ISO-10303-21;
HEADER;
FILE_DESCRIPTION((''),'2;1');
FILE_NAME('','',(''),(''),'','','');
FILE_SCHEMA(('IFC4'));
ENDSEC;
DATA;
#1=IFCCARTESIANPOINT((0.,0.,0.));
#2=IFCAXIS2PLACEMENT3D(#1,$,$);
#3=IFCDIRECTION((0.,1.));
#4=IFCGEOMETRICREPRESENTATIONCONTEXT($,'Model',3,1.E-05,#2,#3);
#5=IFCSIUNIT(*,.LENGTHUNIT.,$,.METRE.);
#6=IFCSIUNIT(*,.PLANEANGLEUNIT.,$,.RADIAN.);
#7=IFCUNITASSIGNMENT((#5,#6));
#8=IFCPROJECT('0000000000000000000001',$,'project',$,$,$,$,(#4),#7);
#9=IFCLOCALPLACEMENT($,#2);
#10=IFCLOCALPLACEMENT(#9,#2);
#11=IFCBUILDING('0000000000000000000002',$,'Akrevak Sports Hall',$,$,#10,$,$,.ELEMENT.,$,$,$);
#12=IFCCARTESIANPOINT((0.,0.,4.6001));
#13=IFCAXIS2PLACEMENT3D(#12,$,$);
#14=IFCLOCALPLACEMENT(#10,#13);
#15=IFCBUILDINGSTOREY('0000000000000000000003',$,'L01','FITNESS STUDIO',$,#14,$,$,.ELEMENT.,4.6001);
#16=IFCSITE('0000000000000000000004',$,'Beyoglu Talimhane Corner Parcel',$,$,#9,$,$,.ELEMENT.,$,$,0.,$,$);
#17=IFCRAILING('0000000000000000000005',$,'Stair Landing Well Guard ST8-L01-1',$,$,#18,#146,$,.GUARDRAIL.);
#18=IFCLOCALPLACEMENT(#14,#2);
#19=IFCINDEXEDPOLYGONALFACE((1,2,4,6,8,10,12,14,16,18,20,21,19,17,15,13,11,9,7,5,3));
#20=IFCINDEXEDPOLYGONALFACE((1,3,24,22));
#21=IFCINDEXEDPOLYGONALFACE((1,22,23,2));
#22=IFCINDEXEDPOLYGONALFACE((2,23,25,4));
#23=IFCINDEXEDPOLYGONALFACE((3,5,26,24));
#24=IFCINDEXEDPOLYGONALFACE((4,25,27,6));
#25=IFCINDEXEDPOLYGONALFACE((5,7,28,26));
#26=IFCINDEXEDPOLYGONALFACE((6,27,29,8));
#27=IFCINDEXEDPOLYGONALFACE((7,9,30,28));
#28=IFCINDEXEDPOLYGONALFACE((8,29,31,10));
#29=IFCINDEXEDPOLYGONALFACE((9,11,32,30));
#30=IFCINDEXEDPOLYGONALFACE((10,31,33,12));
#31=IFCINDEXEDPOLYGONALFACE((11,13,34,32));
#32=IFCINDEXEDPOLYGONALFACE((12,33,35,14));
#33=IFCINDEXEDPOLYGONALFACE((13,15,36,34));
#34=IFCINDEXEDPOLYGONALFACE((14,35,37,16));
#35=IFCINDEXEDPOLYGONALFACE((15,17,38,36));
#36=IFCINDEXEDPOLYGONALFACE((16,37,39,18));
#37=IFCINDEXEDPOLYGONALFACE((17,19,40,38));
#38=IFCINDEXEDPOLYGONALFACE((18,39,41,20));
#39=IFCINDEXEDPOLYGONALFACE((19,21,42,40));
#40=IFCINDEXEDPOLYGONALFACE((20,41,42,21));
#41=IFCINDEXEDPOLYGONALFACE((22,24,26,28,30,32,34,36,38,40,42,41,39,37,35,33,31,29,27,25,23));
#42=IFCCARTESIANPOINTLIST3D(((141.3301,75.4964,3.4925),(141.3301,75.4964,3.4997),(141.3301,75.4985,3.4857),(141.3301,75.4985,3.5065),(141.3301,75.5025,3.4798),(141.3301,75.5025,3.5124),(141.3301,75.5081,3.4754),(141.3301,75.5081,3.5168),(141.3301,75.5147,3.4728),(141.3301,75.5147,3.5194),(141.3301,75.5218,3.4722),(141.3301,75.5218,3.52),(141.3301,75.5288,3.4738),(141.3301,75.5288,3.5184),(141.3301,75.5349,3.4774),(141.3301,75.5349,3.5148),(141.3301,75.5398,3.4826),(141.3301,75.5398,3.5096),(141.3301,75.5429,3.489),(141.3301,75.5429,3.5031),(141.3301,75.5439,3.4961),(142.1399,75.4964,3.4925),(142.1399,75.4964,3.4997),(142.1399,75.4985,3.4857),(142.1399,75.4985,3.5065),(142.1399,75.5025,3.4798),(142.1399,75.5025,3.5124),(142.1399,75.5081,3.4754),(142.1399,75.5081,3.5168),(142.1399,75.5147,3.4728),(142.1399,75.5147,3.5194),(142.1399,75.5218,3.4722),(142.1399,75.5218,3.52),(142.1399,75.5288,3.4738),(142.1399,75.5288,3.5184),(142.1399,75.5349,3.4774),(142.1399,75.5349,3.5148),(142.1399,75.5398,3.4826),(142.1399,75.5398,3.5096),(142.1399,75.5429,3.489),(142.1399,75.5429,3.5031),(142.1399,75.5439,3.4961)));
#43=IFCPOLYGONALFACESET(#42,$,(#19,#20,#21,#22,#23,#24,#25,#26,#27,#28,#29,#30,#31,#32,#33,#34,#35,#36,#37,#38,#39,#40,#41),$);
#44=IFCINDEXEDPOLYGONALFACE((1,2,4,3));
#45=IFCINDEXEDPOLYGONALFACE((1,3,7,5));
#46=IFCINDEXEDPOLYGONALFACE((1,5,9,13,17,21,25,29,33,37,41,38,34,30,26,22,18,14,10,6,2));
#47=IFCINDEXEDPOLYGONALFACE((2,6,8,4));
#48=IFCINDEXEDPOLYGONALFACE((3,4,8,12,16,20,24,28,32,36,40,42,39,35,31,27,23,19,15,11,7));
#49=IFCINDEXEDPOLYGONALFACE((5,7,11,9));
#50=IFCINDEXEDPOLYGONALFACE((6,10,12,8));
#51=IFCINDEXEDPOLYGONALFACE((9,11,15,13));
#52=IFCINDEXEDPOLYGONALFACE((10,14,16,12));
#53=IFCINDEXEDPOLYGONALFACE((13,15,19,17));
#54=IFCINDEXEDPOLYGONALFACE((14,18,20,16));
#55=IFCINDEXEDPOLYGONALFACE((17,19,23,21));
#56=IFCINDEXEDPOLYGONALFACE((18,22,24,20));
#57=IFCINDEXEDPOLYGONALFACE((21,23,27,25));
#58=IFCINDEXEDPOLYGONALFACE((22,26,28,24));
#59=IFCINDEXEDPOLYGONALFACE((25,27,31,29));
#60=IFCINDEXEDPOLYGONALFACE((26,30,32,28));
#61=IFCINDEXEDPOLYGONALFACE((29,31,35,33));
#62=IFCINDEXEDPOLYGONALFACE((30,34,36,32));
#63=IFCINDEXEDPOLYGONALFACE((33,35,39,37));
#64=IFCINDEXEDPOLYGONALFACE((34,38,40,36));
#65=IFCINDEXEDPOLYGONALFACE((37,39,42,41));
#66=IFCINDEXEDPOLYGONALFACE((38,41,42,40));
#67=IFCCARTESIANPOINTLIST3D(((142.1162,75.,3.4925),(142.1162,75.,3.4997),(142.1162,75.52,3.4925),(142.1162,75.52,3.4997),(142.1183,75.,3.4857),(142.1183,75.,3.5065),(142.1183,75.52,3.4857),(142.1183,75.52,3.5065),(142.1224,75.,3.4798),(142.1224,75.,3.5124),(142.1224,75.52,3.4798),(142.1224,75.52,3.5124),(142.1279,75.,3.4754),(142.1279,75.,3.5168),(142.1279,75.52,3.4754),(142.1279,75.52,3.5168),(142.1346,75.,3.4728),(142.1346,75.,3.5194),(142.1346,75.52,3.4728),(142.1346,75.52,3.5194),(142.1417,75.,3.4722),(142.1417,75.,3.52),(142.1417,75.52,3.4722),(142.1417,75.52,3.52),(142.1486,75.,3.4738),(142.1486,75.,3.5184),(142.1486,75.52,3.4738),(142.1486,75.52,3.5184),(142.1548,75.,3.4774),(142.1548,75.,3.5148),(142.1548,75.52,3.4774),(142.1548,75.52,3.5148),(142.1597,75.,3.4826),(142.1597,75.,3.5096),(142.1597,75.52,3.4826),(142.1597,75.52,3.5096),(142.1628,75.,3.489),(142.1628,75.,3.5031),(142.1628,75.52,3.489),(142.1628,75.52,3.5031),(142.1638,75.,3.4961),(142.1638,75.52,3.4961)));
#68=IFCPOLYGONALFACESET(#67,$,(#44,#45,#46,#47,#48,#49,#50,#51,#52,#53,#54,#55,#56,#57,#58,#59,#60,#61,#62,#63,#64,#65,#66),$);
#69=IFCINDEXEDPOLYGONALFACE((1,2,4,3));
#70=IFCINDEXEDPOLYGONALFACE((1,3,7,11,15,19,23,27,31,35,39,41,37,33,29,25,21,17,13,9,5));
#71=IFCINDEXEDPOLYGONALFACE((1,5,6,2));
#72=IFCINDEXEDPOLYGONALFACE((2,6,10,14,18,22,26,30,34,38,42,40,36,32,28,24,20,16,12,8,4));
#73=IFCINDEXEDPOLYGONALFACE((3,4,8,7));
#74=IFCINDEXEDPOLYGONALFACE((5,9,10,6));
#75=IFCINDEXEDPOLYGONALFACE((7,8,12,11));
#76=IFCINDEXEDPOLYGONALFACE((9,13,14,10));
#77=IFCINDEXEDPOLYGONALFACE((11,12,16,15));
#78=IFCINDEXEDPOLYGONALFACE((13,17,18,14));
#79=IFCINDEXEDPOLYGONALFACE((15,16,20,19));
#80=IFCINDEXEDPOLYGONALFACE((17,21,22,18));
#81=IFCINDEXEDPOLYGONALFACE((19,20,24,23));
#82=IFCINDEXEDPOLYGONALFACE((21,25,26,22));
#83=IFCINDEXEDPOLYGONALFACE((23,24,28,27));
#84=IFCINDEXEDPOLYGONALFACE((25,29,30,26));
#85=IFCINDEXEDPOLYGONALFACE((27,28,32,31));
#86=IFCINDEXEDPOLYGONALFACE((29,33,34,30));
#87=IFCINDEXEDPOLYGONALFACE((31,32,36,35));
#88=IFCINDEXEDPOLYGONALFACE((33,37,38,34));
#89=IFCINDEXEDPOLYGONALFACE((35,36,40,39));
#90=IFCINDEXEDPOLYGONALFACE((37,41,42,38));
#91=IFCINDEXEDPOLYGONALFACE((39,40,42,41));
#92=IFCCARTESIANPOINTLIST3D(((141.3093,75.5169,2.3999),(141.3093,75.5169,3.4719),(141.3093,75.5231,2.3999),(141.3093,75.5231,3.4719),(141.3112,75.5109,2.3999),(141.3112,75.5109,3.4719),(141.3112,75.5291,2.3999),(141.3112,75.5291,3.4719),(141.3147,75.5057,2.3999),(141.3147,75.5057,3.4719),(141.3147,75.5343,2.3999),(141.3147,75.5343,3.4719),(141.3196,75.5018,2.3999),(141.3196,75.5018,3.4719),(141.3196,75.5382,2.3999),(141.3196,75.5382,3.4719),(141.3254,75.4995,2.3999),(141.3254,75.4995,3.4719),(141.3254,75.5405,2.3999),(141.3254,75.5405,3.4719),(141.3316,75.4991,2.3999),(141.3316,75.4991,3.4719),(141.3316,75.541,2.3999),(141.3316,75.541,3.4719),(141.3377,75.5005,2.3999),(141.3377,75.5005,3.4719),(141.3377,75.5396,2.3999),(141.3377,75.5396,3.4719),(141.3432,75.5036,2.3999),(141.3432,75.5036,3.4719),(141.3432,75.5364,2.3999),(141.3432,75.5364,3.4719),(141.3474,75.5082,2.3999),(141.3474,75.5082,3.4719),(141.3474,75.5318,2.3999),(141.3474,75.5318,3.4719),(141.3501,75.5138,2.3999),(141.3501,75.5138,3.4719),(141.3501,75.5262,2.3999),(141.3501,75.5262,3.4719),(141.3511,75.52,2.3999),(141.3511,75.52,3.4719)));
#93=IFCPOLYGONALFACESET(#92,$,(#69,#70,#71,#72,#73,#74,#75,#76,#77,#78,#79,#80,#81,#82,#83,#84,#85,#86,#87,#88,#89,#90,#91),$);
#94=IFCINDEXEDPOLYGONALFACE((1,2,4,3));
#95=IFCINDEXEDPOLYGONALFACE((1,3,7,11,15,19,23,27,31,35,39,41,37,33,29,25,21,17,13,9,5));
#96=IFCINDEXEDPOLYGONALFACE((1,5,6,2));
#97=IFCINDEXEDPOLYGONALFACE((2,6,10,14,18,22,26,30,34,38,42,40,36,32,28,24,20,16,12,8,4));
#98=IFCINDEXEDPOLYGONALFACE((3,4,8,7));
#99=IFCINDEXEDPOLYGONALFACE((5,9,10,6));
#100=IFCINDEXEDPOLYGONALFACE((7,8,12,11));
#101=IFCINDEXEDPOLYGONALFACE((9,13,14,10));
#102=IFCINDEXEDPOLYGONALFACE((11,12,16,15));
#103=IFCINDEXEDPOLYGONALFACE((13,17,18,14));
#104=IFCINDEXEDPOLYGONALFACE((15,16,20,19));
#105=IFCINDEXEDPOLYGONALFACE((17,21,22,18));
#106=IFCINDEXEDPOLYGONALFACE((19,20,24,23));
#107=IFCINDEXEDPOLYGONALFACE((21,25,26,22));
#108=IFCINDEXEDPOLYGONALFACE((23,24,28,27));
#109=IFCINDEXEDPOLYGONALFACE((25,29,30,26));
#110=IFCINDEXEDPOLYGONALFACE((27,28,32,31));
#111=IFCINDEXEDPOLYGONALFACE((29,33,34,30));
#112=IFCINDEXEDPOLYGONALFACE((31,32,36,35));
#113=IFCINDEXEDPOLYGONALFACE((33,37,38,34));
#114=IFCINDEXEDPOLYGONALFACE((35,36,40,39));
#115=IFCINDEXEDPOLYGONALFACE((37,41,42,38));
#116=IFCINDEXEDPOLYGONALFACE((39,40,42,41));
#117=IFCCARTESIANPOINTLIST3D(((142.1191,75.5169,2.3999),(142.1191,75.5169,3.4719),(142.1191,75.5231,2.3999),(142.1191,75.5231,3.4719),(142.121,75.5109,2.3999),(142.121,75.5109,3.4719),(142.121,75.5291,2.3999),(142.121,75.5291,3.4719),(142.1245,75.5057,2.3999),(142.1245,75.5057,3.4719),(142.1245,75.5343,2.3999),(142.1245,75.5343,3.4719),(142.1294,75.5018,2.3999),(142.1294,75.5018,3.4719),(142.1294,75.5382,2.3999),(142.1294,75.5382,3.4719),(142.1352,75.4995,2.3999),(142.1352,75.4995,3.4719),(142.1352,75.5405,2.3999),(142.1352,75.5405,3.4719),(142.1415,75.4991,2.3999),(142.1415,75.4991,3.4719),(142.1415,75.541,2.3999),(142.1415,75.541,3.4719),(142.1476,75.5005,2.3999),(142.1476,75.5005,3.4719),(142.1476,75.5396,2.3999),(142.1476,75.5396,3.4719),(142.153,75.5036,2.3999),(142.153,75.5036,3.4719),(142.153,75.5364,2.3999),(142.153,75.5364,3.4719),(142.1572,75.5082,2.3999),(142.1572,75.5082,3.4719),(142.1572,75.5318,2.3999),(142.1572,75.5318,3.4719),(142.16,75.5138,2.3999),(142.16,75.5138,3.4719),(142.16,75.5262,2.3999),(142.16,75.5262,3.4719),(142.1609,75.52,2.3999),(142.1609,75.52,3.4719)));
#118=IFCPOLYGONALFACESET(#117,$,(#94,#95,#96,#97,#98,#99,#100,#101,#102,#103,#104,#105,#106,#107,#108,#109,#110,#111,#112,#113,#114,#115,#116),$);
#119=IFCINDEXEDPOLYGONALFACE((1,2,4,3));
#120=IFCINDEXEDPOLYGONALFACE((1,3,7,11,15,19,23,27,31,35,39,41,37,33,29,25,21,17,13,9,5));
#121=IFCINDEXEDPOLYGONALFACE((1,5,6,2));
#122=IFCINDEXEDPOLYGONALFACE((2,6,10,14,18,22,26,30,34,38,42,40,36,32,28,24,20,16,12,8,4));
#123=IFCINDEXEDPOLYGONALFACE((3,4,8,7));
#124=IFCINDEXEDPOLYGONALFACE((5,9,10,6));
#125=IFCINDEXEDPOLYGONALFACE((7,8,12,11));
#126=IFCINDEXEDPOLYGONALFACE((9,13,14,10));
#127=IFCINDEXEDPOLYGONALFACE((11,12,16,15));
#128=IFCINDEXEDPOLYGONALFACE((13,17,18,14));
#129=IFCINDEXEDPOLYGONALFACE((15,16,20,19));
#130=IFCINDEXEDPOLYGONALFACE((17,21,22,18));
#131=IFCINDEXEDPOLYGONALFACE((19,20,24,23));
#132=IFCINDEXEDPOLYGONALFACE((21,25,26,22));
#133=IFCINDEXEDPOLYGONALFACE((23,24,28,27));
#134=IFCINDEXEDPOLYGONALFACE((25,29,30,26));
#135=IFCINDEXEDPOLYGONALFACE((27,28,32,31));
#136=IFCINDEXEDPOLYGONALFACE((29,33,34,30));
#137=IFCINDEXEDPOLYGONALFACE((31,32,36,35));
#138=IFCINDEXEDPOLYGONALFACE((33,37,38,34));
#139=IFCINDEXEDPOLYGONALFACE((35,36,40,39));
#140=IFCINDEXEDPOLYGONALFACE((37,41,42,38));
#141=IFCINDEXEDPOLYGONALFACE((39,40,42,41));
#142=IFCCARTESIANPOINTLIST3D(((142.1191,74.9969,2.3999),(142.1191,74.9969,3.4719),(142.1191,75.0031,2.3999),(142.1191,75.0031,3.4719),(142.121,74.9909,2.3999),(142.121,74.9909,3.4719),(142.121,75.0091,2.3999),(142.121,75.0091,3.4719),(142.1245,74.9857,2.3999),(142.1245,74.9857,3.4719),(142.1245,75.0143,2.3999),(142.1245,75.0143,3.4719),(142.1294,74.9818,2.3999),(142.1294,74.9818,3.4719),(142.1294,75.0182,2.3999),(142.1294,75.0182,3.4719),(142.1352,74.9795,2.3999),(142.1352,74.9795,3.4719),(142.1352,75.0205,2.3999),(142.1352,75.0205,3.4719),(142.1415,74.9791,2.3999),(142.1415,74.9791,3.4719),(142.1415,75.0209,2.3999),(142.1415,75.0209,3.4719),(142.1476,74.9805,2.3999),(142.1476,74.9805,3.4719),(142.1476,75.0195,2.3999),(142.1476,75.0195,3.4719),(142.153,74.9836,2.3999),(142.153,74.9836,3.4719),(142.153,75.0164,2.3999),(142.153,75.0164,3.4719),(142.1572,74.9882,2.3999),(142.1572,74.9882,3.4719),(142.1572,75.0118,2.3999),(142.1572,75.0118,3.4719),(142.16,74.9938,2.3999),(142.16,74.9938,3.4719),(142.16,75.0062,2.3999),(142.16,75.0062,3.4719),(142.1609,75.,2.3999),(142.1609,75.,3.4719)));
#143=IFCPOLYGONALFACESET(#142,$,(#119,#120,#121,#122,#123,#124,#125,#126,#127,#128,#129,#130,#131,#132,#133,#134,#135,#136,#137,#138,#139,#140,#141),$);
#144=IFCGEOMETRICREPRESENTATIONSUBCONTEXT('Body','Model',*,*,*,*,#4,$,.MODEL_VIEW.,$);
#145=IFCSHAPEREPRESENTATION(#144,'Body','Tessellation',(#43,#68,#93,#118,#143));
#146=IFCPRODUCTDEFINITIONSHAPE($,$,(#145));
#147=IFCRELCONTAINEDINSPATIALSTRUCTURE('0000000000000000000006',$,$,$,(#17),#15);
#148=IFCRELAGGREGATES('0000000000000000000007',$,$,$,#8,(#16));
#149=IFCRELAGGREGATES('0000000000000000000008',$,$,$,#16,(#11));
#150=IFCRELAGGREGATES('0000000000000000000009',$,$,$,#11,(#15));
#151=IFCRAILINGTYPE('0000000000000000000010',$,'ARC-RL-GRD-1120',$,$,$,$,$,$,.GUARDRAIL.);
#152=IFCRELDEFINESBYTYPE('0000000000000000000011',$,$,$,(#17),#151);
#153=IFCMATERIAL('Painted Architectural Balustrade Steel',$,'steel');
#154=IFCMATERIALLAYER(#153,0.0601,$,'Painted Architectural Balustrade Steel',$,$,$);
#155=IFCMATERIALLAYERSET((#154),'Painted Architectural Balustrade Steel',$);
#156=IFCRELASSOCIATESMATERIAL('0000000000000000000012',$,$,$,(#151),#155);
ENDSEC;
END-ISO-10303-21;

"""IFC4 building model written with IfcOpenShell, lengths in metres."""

from ifc_helpers import new_model, si_unit, direction, frame, origin, origin_2d, place, context, subcontext, project, spatial, circle, extrude, material, layer, layer_set, type_object, element, save


model = new_model("IFC4")

# Units and contexts
model_context = context("Model", 3, precision=1e-05, world=origin(), true_north=direction((0.0, 1.0)))
body_context = subcontext(model_context, "Body", "Model", "MODEL_VIEW")
ifc_project = project(units=[si_unit("LENGTHUNIT", "METRE"), si_unit("PLANEANGLEUNIT", "RADIAN")], contexts=[model_context])

# Site, building, storey
site_placement = place(None, origin())
site = spatial("IfcSite", under=ifc_project, at=site_placement, Name="Beyoglu Talimhane Corner Parcel", CompositionType="ELEMENT", RefElevation=0.0)
building_placement = place(site_placement, origin())
building = spatial("IfcBuilding", under=site, at=building_placement, Name="Akrevak Sports Hall", CompositionType="ELEMENT")
storey_placement = place(building_placement, frame((0.0, 0.0, 4.6001)))
storey = spatial("IfcBuildingStorey", under=building, at=storey_placement, Name="L01", Description="FITNESS STUDIO", CompositionType="ELEMENT", Elevation=4.6001)

# Railing
ifc_material_1 = material(Name="Painted Architectural Balustrade Steel", Category="steel")
ifc_layer_1 = layer(ifc_material_1, 0.0601, Name="Painted Architectural Balustrade Steel")
ifc_layer_set_1 = layer_set([ifc_layer_1], Name="Painted Architectural Balustrade Steel")
railing_type_1 = type_object("IfcRailingType", Name="ARC-RL-GRD-1120", PredefinedType="GUARDRAIL", material=ifc_layer_set_1)
railing_1_placement = place(storey_placement, frame((141.3301, 75.52, 2.3999)))
element("IfcRailing", 1, at=railing_1_placement, inside=storey, type_object=railing_type_1, Name="Stair Landing Well Guard ST8-L01-1", PredefinedType="GUARDRAIL", context=body_context, shape_type="SweptSolid", body=[
    extrude(circle(Radius=0.0239, at=origin_2d()), frame((0.0, 0.0, 1.0962), z_axis=(1.0, 0.0, 0.0), x_axis=(0.0, 1.0, 0.0)), (0.0, 0.0, 1.0), 0.8098),
    extrude(circle(Radius=0.0239, at=origin_2d()), frame((0.8098, 0.0, 1.0962), z_axis=(0.0, -1.0, 0.0), x_axis=(1.0, 0.0, 0.0)), (0.0, 0.0, 1.0), 0.52),
    extrude(circle(Radius=0.021, at=origin_2d()), origin(), (0.0, 0.0, 1.0), 1.072),
    extrude(circle(Radius=0.021, at=origin_2d()), frame((0.8098, 0.0, 0.0)), (0.0, 0.0, 1.0), 1.072),
    extrude(circle(Radius=0.021, at=origin_2d()), frame((0.8098, -0.52, 0.0)), (0.0, 0.0, 1.0), 1.072),
])

save(model, "model.ifc")
